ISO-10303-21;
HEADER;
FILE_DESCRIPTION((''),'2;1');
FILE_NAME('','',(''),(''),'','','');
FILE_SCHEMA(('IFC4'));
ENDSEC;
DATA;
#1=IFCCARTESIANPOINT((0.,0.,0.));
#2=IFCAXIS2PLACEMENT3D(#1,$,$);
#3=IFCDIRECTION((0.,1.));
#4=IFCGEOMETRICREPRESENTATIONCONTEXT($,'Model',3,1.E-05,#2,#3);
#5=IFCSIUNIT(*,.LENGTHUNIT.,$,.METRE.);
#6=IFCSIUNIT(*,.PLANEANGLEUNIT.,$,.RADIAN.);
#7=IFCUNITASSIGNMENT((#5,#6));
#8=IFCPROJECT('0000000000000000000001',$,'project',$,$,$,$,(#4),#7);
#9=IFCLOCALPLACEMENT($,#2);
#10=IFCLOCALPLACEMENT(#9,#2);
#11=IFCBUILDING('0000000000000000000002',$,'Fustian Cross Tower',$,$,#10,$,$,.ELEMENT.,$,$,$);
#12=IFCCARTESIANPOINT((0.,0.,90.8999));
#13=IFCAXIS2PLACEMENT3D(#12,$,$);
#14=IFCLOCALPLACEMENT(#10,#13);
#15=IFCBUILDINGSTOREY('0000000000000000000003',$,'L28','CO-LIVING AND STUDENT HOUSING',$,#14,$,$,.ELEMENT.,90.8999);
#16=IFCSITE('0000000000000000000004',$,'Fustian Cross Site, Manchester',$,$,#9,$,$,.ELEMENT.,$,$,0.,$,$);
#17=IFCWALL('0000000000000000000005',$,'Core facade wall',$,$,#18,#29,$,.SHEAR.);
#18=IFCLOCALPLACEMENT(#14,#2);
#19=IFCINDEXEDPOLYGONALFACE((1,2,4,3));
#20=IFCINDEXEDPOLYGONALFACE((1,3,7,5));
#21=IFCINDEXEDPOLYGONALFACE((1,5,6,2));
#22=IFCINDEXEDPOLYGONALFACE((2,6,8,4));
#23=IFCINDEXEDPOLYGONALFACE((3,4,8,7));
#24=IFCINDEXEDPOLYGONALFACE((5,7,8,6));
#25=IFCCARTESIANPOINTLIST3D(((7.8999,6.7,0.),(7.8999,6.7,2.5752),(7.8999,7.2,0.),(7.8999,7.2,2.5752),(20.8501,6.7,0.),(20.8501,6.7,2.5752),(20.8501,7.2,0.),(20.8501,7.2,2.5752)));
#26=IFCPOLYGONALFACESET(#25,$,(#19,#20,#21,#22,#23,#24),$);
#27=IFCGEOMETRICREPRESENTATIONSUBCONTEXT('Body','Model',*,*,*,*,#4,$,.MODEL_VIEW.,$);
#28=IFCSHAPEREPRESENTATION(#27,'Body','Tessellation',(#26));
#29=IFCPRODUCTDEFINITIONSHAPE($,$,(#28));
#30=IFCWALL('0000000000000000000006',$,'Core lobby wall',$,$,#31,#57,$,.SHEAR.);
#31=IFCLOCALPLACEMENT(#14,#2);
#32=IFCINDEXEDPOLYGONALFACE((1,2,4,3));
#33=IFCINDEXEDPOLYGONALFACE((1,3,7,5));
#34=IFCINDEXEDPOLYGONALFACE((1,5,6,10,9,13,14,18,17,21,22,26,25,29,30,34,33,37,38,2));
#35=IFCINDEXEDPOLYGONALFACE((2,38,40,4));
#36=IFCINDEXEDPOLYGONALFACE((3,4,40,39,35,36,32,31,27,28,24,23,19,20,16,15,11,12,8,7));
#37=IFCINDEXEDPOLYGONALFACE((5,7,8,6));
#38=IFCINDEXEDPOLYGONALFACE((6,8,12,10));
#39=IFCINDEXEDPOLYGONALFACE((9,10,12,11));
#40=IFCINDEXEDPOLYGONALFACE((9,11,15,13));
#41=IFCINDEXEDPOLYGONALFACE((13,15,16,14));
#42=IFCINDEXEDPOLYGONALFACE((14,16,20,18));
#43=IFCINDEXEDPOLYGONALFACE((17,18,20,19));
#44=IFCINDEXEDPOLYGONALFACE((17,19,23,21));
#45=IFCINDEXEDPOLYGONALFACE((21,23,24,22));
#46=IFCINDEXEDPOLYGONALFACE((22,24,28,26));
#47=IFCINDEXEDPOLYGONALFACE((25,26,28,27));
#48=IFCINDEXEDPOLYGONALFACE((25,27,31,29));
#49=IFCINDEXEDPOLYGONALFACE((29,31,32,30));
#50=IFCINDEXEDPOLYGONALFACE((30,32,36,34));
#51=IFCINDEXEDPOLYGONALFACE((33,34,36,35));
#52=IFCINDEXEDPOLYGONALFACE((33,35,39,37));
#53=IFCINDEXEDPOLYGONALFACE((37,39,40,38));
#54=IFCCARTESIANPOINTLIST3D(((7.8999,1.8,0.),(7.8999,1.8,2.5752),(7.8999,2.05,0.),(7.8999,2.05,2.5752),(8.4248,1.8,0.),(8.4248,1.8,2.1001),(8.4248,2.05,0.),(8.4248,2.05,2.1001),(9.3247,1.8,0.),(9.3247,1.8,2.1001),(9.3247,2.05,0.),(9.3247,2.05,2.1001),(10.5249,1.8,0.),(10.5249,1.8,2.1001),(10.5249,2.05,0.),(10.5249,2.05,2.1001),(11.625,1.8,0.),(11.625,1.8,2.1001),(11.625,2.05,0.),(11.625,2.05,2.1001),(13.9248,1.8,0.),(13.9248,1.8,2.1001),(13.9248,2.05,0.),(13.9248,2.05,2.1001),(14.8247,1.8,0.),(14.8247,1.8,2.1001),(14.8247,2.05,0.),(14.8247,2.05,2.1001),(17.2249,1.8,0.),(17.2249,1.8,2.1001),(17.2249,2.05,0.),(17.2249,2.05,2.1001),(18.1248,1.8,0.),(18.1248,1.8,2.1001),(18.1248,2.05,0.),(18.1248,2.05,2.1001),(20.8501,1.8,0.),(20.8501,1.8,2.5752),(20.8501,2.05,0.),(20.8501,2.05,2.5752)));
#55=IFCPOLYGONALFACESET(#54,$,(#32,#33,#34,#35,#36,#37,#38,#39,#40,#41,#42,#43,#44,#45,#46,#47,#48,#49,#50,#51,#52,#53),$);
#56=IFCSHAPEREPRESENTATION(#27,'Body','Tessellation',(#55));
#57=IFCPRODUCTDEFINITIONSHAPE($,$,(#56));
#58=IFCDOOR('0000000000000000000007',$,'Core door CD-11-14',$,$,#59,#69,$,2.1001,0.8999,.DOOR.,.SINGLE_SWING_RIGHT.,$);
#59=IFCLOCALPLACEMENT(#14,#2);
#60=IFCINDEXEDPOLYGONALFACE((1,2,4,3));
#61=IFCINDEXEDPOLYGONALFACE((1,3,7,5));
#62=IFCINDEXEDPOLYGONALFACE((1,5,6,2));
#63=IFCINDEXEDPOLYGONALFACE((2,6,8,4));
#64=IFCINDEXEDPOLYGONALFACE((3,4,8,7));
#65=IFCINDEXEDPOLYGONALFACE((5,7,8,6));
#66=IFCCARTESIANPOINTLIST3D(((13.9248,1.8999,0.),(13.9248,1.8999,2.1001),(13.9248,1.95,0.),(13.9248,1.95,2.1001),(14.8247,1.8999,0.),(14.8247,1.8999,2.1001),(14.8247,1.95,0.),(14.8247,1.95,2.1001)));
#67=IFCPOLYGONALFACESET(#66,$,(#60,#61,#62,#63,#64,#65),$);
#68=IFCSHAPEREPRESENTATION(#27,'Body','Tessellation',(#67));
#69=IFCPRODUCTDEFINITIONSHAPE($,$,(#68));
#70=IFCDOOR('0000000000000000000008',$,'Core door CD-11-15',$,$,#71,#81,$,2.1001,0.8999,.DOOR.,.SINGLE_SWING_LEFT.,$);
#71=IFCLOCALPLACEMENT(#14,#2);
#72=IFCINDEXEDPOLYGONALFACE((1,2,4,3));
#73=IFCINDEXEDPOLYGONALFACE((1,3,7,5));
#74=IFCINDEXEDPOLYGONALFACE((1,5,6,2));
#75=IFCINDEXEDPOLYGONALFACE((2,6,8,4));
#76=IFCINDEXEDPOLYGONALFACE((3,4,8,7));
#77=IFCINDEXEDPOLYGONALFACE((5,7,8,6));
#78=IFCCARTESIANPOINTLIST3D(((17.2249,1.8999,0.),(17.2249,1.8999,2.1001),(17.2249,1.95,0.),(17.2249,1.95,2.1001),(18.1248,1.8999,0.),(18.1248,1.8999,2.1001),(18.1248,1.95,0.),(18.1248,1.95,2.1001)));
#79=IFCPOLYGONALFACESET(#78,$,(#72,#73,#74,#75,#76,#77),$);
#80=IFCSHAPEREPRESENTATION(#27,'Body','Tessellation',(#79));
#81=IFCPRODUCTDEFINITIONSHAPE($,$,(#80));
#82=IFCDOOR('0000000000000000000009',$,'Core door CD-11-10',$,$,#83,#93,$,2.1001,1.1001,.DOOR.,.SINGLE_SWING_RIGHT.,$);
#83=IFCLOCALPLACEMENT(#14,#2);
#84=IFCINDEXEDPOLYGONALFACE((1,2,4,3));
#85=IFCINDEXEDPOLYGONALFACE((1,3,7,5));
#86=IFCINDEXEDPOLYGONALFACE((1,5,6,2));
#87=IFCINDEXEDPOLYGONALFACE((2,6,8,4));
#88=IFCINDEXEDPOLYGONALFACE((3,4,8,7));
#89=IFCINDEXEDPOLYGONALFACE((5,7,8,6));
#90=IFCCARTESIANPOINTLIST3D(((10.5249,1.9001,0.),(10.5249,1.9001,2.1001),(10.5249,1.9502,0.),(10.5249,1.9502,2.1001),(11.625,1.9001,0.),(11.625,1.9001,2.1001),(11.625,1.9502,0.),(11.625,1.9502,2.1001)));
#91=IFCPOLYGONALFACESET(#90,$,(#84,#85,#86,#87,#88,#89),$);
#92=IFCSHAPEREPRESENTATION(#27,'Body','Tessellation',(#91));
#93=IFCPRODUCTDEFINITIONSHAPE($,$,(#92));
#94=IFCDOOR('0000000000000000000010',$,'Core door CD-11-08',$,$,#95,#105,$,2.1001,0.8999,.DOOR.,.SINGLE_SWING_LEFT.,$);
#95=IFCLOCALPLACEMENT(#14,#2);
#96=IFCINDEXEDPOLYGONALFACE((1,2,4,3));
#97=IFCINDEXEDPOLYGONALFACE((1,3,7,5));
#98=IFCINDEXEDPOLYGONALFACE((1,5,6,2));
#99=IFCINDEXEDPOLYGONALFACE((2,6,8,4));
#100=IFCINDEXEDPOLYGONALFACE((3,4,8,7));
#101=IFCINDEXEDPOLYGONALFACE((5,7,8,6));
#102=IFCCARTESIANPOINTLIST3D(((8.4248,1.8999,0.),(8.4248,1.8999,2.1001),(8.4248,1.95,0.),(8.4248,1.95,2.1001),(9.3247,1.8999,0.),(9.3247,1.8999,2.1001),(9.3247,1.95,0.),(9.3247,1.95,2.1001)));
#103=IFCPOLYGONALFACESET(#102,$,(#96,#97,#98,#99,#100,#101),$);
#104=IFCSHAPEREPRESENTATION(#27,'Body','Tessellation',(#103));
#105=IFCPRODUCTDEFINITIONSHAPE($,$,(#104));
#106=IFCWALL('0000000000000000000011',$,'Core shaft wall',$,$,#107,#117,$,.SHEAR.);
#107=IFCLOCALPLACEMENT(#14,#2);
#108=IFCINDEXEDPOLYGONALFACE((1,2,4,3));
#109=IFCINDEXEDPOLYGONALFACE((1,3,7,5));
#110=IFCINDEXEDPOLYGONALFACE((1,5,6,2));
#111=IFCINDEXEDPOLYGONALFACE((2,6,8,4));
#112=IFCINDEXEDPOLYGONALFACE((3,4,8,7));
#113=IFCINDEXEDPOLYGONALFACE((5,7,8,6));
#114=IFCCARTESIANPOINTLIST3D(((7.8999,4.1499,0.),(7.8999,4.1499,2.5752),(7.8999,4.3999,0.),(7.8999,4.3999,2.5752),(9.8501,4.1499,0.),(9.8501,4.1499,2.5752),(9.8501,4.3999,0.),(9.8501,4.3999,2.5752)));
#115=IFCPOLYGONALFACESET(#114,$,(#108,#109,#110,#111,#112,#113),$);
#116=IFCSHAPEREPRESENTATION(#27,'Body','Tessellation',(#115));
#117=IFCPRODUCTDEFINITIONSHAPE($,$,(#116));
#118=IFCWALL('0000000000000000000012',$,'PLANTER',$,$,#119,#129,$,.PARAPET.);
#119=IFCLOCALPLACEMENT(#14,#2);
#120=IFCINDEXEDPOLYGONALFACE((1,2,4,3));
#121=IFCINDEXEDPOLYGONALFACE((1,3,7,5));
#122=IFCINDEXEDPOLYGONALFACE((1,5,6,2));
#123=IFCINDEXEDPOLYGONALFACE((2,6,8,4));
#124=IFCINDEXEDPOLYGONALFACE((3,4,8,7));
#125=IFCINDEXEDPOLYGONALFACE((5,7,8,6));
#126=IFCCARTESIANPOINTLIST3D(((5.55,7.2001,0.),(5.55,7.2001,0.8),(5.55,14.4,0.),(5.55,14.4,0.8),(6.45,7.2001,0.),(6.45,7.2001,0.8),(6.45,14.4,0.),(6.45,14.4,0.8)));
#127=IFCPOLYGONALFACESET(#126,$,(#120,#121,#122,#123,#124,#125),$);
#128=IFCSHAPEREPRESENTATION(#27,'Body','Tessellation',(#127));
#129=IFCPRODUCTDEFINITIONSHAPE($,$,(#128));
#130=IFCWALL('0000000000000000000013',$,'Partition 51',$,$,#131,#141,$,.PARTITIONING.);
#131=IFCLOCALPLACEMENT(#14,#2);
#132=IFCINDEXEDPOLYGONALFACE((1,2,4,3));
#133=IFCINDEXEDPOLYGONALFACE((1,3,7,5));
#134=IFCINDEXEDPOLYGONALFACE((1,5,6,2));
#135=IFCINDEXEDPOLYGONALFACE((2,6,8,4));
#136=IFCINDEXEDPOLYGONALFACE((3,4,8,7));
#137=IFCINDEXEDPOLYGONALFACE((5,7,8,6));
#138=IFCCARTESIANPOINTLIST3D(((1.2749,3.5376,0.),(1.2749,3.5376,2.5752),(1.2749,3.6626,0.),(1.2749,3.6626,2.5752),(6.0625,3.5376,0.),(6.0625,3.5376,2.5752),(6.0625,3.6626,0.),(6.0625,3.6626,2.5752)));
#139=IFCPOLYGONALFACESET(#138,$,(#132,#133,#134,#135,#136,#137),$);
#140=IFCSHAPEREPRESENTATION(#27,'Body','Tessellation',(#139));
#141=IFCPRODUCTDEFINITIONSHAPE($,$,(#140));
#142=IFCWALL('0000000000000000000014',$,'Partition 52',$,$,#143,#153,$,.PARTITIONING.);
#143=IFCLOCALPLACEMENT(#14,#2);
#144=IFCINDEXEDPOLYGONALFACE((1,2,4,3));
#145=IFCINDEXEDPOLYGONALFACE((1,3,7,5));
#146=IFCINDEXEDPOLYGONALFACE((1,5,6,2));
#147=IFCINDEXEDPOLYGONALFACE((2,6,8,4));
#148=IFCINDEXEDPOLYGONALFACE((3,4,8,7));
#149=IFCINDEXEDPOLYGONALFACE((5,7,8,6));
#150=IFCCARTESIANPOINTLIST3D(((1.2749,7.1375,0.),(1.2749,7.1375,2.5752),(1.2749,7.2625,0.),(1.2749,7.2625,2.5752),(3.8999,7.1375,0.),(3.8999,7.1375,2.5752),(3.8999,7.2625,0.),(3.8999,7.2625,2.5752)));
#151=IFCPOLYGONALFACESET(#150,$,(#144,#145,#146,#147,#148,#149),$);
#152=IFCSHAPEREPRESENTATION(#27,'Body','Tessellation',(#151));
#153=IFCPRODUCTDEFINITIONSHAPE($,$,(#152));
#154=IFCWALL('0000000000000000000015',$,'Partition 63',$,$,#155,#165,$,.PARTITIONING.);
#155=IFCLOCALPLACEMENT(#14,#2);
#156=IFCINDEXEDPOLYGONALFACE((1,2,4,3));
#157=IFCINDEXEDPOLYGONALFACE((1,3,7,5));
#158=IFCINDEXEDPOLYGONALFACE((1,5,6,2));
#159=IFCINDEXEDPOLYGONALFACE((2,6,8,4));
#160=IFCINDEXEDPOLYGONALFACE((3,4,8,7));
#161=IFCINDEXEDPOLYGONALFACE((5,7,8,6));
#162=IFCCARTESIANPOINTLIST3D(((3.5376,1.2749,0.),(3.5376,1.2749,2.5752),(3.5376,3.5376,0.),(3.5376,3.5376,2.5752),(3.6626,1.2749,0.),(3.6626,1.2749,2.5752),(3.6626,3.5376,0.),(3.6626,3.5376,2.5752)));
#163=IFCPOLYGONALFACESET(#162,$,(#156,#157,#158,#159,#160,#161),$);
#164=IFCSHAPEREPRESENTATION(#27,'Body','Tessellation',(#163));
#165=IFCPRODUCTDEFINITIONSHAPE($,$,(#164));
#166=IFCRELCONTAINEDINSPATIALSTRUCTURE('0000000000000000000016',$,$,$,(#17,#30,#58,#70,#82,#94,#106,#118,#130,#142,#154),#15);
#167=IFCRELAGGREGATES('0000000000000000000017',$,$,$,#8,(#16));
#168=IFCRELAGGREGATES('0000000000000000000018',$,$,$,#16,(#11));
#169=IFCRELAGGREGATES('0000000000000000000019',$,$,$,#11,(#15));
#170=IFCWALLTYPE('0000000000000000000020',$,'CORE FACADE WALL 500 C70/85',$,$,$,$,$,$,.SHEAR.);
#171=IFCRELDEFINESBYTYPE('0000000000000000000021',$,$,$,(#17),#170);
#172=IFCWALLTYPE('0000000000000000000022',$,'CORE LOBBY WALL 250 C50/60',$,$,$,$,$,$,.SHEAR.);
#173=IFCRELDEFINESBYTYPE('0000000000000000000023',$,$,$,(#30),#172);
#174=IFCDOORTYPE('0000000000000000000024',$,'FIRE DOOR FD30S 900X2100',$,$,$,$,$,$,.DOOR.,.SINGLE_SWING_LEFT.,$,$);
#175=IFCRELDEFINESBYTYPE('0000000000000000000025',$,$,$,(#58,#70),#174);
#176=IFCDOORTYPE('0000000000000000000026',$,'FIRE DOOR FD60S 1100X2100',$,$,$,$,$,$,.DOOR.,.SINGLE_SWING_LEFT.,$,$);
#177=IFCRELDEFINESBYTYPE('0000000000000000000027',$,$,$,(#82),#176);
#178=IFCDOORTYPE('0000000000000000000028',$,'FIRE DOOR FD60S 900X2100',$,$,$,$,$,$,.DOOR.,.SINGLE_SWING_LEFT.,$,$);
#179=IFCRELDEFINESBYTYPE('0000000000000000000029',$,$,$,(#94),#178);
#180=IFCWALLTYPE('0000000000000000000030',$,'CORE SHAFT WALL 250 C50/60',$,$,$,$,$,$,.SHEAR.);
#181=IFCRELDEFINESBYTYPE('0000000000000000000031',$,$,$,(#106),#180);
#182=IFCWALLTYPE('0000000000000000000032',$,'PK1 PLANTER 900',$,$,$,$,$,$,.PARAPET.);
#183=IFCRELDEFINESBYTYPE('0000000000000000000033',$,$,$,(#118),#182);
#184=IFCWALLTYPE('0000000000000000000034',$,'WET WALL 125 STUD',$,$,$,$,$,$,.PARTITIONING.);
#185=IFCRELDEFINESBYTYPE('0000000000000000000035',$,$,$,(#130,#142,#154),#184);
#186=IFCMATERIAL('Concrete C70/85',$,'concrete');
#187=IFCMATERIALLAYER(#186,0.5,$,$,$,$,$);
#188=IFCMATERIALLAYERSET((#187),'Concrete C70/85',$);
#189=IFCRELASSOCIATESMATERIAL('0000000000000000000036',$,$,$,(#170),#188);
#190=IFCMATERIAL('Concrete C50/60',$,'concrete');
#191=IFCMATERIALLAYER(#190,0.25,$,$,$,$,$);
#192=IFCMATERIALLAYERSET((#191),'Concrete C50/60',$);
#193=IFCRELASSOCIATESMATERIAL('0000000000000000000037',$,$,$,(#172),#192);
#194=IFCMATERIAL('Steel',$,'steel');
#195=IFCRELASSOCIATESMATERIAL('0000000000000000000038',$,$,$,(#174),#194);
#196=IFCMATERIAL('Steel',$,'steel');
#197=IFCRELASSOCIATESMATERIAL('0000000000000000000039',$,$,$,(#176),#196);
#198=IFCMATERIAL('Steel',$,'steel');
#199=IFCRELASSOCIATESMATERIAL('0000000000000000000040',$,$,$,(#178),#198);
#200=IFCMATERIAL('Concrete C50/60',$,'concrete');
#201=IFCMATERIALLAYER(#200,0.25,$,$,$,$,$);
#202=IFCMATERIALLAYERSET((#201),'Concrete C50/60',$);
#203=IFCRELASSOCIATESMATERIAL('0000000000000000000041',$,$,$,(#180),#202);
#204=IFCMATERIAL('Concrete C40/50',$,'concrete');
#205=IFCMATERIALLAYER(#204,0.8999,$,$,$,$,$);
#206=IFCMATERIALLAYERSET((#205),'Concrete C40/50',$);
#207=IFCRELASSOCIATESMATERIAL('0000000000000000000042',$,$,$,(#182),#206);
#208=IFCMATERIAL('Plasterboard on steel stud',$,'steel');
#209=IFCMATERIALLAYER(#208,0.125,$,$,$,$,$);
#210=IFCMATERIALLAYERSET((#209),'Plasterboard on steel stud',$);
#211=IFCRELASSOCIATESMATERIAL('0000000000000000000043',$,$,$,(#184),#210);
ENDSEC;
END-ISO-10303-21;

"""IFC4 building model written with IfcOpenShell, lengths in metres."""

from ifc_helpers import new_model, si_unit, direction, frame, frame_2d, origin, place, context, subcontext, project, spatial, rectangle, extrude, material, layer, layer_set, type_object, element, fill, save


model = new_model("IFC4")

# Units and contexts
model_context = context("Model", 3, precision=1e-05, world=origin(), true_north=direction((0.0, 1.0)))
body_context = subcontext(model_context, "Body", "Model", "MODEL_VIEW")
ifc_project = project(units=[si_unit("LENGTHUNIT", "METRE"), si_unit("PLANEANGLEUNIT", "RADIAN")], contexts=[model_context])

# Site, building, storey
site_placement = place(None, origin())
site = spatial("IfcSite", under=ifc_project, at=site_placement, Name="Fustian Cross Site, Manchester", CompositionType="ELEMENT", RefElevation=0.0)
building_placement = place(site_placement, origin())
building = spatial("IfcBuilding", under=site, at=building_placement, Name="Fustian Cross Tower", CompositionType="ELEMENT")
storey_placement = place(building_placement, frame((0.0, 0.0, 90.8999)))
storey = spatial("IfcBuildingStorey", under=building, at=storey_placement, Name="L28", Description="CO-LIVING AND STUDENT HOUSING", CompositionType="ELEMENT", Elevation=90.8999)

# Wall
ifc_material_1 = material(Name="Concrete C70/85", Category="concrete")
ifc_layer_1 = layer(ifc_material_1, 0.5)
ifc_layer_set_1 = layer_set([ifc_layer_1], Name="Concrete C70/85")
wall_type_1 = type_object("IfcWallType", Name="CORE FACADE WALL 500 C70/85", PredefinedType="SHEAR", material=ifc_layer_set_1)
wall_1_placement = place(storey_placement, frame((7.8999, 6.95, 0.0), z_axis=(0.0, 0.0, 1.0), x_axis=(1.0, 0.0, 0.0)))
element("IfcWall", 1, at=wall_1_placement, inside=storey, type_object=wall_type_1, Name="Core facade wall", PredefinedType="SHEAR", context=body_context, shape_type="SweptSolid", body=[
    extrude(rectangle(XDim=12.9502, YDim=0.5, at=frame_2d((6.4751, 0.0))), origin(), (0.0, 0.0, 1.0), 2.5752),
])

# Wall, openings, doors
ifc_material_2 = material(Name="Concrete C50/60", Category="concrete")
ifc_layer_2 = layer(ifc_material_2, 0.25)
ifc_layer_set_2 = layer_set([ifc_layer_2], Name="Concrete C50/60")
wall_type_2 = type_object("IfcWallType", Name="CORE LOBBY WALL 250 C50/60", PredefinedType="SHEAR", material=ifc_layer_set_2)
wall_2_placement = place(storey_placement, frame((7.8999, 1.925, 0.0), z_axis=(0.0, 0.0, 1.0), x_axis=(1.0, 0.0, 0.0)))
wall_2 = element("IfcWall", 2, at=wall_2_placement, inside=storey, type_object=wall_type_2, Name="Core lobby wall", PredefinedType="SHEAR", context=body_context, shape_type="SweptSolid", body=[
    extrude(rectangle(XDim=12.9502, YDim=0.25, at=frame_2d((6.4751, 0.0))), origin(), (0.0, 0.0, 1.0), 2.5752),
])
opening_1_placement = place(wall_2_placement, frame((0.5249, 0.0, 0.0)))
opening_1 = element("IfcOpeningElement", 3, at=opening_1_placement, cuts=wall_2, PredefinedType="OPENING", context=body_context, shape_type="SweptSolid", body=[
    extrude(rectangle(XDim=0.8999, YDim=2.1001, at=frame_2d((0.45, 1.05))), frame((0.0, 0.135, 0.0), z_axis=(0.0, -1.0, 0.0), x_axis=(1.0, 0.0, 0.0)), (0.0, 0.0, 1.0), 0.27),
])
opening_2_placement = place(wall_2_placement, frame((2.625, 0.0, 0.0)))
opening_2 = element("IfcOpeningElement", 4, at=opening_2_placement, cuts=wall_2, PredefinedType="OPENING", context=body_context, shape_type="SweptSolid", body=[
    extrude(rectangle(XDim=1.1001, YDim=2.1001, at=frame_2d((0.55, 1.05))), frame((0.0, 0.135, 0.0), z_axis=(0.0, -1.0, 0.0), x_axis=(1.0, 0.0, 0.0)), (0.0, 0.0, 1.0), 0.27),
])
opening_3_placement = place(wall_2_placement, frame((6.0249, 0.0, 0.0)))
opening_3 = element("IfcOpeningElement", 5, at=opening_3_placement, cuts=wall_2, PredefinedType="OPENING", context=body_context, shape_type="SweptSolid", body=[
    extrude(rectangle(XDim=0.8999, YDim=2.1001, at=frame_2d((0.45, 1.05))), frame((0.0, 0.135, 0.0), z_axis=(0.0, -1.0, 0.0), x_axis=(1.0, 0.0, 0.0)), (0.0, 0.0, 1.0), 0.27),
])
opening_4_placement = place(wall_2_placement, frame((9.325, 0.0, 0.0)))
opening_4 = element("IfcOpeningElement", 6, at=opening_4_placement, cuts=wall_2, PredefinedType="OPENING", context=body_context, shape_type="SweptSolid", body=[
    extrude(rectangle(XDim=0.8999, YDim=2.1001, at=frame_2d((0.45, 1.05))), frame((0.0, 0.135, 0.0), z_axis=(0.0, -1.0, 0.0), x_axis=(1.0, 0.0, 0.0)), (0.0, 0.0, 1.0), 0.27),
])
ifc_material_3 = material(Name="Steel", Category="steel")
door_type_1 = type_object("IfcDoorType", Name="FIRE DOOR FD30S 900X2100", OperationType="SINGLE_SWING_LEFT", PredefinedType="DOOR", material=ifc_material_3)
door_1_placement = place(opening_3_placement, origin())
door_1 = element("IfcDoor", 7, at=door_1_placement, inside=storey, type_object=door_type_1, Name="Core door CD-11-14", OperationType="SINGLE_SWING_RIGHT", OverallHeight=2.1001, OverallWidth=0.8999, PredefinedType="DOOR", context=body_context, shape_type="SweptSolid", body=[
    extrude(rectangle(XDim=0.8999, YDim=2.1001, at=frame_2d((0.45, 1.05))), frame((0.0, 0.0249, 0.0), z_axis=(0.0, -1.0, 0.0), x_axis=(1.0, 0.0, 0.0)), (0.0, 0.0, 1.0), 0.05),
])
fill(opening_3, door_1)
door_2_placement = place(opening_4_placement, origin())
door_2 = element("IfcDoor", 8, at=door_2_placement, inside=storey, type_object=door_type_1, Name="Core door CD-11-15", OperationType="SINGLE_SWING_LEFT", OverallHeight=2.1001, OverallWidth=0.8999, PredefinedType="DOOR", context=body_context, shape_type="SweptSolid", body=[
    extrude(rectangle(XDim=0.8999, YDim=2.1001, at=frame_2d((0.45, 1.05))), frame((0.0, 0.0249, 0.0), z_axis=(0.0, -1.0, 0.0), x_axis=(1.0, 0.0, 0.0)), (0.0, 0.0, 1.0), 0.05),
])
fill(opening_4, door_2)
ifc_material_4 = material(Name="Steel", Category="steel")
door_type_2 = type_object("IfcDoorType", Name="FIRE DOOR FD60S 1100X2100", OperationType="SINGLE_SWING_LEFT", PredefinedType="DOOR", material=ifc_material_4)
door_3_placement = place(opening_2_placement, frame((1.1001, 0.0, 0.0), z_axis=(0.0, 0.0, 1.0), x_axis=(-1.0, 0.0, 0.0)))
door_3 = element("IfcDoor", 9, at=door_3_placement, inside=storey, type_object=door_type_2, Name="Core door CD-11-10", OperationType="SINGLE_SWING_RIGHT", OverallHeight=2.1001, OverallWidth=1.1001, PredefinedType="DOOR", context=body_context, shape_type="SweptSolid", body=[
    extrude(rectangle(XDim=1.1001, YDim=2.1001, at=frame_2d((0.55, 1.05))), frame((0.0, 0.0249, 0.0), z_axis=(0.0, -1.0, 0.0), x_axis=(1.0, 0.0, 0.0)), (0.0, 0.0, 1.0), 0.05),
])
fill(opening_2, door_3)
ifc_material_5 = material(Name="Steel", Category="steel")
door_type_3 = type_object("IfcDoorType", Name="FIRE DOOR FD60S 900X2100", OperationType="SINGLE_SWING_LEFT", PredefinedType="DOOR", material=ifc_material_5)
door_4_placement = place(opening_1_placement, origin())
door_4 = element("IfcDoor", 10, at=door_4_placement, inside=storey, type_object=door_type_3, Name="Core door CD-11-08", OperationType="SINGLE_SWING_LEFT", OverallHeight=2.1001, OverallWidth=0.8999, PredefinedType="DOOR", context=body_context, shape_type="SweptSolid", body=[
    extrude(rectangle(XDim=0.8999, YDim=2.1001, at=frame_2d((0.45, 1.05))), frame((0.0, 0.0249, 0.0), z_axis=(0.0, -1.0, 0.0), x_axis=(1.0, 0.0, 0.0)), (0.0, 0.0, 1.0), 0.05),
])
fill(opening_1, door_4)

# Walls
ifc_material_6 = material(Name="Concrete C50/60", Category="concrete")
ifc_layer_3 = layer(ifc_material_6, 0.25)
ifc_layer_set_3 = layer_set([ifc_layer_3], Name="Concrete C50/60")
wall_type_3 = type_object("IfcWallType", Name="CORE SHAFT WALL 250 C50/60", PredefinedType="SHEAR", material=ifc_layer_set_3)
wall_3_placement = place(storey_placement, frame((7.8999, 4.2749, 0.0), z_axis=(0.0, 0.0, 1.0), x_axis=(1.0, 0.0, 0.0)))
element("IfcWall", 11, at=wall_3_placement, inside=storey, type_object=wall_type_3, Name="Core shaft wall", PredefinedType="SHEAR", context=body_context, shape_type="SweptSolid", body=[
    extrude(rectangle(XDim=1.9502, YDim=0.25, at=frame_2d((0.9751, 0.0))), origin(), (0.0, 0.0, 1.0), 2.5752),
])
ifc_material_7 = material(Name="Concrete C40/50", Category="concrete")
ifc_layer_4 = layer(ifc_material_7, 0.8999)
ifc_layer_set_4 = layer_set([ifc_layer_4], Name="Concrete C40/50")
wall_type_4 = type_object("IfcWallType", Name="PK1 PLANTER 900", PredefinedType="PARAPET", material=ifc_layer_set_4)
wall_4_placement = place(storey_placement, frame((6.0, 7.2, 0.0), z_axis=(0.0, 0.0, 1.0), x_axis=(0.0, 1.0, 0.0)))
element("IfcWall", 12, at=wall_4_placement, inside=storey, type_object=wall_type_4, Name="PLANTER", PredefinedType="PARAPET", context=body_context, shape_type="SweptSolid", body=[
    extrude(rectangle(XDim=7.2, YDim=0.8999, at=frame_2d((3.6001, 0.0))), origin(), (0.0, 0.0, 1.0), 0.8),
])
ifc_material_8 = material(Name="Plasterboard on steel stud", Category="steel")
ifc_layer_5 = layer(ifc_material_8, 0.125)
ifc_layer_set_5 = layer_set([ifc_layer_5], Name="Plasterboard on steel stud")
wall_type_5 = type_object("IfcWallType", Name="WET WALL 125 STUD", PredefinedType="PARTITIONING", material=ifc_layer_set_5)
wall_5_placement = place(storey_placement, frame((1.2749, 3.6001, 0.0), z_axis=(0.0, 0.0, 1.0), x_axis=(1.0, 0.0, 0.0)))
element("IfcWall", 13, at=wall_5_placement, inside=storey, type_object=wall_type_5, Name="Partition 51", PredefinedType="PARTITIONING", context=body_context, shape_type="SweptSolid", body=[
    extrude(rectangle(XDim=4.7876, YDim=0.125, at=frame_2d((2.3938, 0.0))), origin(), (0.0, 0.0, 1.0), 2.5752),
])
wall_6_placement = place(storey_placement, frame((1.2749, 7.2, 0.0), z_axis=(0.0, 0.0, 1.0), x_axis=(1.0, 0.0, 0.0)))
element("IfcWall", 14, at=wall_6_placement, inside=storey, type_object=wall_type_5, Name="Partition 52", PredefinedType="PARTITIONING", context=body_context, shape_type="SweptSolid", body=[
    extrude(rectangle(XDim=2.625, YDim=0.125, at=frame_2d((1.3125, 0.0))), origin(), (0.0, 0.0, 1.0), 2.5752),
])
for number, where, z_axis, x_axis, name in (
    (15, (3.6001, 1.2749, 0.0), (0.0, 0.0, 1.0), (0.0, 1.0, 0.0), "Partition 63"),
):
    element("IfcWall", number, at=place(storey_placement, frame(where, z_axis=z_axis, x_axis=x_axis)), inside=storey, type_object=wall_type_5, Name=name, PredefinedType="PARTITIONING", context=body_context, shape_type="SweptSolid", body=[
        extrude(rectangle(XDim=2.2627, YDim=0.125, at=frame_2d((1.1313, 0.0))), origin(), (0.0, 0.0, 1.0), 2.5752),
    ])

save(model, "model.ifc")
